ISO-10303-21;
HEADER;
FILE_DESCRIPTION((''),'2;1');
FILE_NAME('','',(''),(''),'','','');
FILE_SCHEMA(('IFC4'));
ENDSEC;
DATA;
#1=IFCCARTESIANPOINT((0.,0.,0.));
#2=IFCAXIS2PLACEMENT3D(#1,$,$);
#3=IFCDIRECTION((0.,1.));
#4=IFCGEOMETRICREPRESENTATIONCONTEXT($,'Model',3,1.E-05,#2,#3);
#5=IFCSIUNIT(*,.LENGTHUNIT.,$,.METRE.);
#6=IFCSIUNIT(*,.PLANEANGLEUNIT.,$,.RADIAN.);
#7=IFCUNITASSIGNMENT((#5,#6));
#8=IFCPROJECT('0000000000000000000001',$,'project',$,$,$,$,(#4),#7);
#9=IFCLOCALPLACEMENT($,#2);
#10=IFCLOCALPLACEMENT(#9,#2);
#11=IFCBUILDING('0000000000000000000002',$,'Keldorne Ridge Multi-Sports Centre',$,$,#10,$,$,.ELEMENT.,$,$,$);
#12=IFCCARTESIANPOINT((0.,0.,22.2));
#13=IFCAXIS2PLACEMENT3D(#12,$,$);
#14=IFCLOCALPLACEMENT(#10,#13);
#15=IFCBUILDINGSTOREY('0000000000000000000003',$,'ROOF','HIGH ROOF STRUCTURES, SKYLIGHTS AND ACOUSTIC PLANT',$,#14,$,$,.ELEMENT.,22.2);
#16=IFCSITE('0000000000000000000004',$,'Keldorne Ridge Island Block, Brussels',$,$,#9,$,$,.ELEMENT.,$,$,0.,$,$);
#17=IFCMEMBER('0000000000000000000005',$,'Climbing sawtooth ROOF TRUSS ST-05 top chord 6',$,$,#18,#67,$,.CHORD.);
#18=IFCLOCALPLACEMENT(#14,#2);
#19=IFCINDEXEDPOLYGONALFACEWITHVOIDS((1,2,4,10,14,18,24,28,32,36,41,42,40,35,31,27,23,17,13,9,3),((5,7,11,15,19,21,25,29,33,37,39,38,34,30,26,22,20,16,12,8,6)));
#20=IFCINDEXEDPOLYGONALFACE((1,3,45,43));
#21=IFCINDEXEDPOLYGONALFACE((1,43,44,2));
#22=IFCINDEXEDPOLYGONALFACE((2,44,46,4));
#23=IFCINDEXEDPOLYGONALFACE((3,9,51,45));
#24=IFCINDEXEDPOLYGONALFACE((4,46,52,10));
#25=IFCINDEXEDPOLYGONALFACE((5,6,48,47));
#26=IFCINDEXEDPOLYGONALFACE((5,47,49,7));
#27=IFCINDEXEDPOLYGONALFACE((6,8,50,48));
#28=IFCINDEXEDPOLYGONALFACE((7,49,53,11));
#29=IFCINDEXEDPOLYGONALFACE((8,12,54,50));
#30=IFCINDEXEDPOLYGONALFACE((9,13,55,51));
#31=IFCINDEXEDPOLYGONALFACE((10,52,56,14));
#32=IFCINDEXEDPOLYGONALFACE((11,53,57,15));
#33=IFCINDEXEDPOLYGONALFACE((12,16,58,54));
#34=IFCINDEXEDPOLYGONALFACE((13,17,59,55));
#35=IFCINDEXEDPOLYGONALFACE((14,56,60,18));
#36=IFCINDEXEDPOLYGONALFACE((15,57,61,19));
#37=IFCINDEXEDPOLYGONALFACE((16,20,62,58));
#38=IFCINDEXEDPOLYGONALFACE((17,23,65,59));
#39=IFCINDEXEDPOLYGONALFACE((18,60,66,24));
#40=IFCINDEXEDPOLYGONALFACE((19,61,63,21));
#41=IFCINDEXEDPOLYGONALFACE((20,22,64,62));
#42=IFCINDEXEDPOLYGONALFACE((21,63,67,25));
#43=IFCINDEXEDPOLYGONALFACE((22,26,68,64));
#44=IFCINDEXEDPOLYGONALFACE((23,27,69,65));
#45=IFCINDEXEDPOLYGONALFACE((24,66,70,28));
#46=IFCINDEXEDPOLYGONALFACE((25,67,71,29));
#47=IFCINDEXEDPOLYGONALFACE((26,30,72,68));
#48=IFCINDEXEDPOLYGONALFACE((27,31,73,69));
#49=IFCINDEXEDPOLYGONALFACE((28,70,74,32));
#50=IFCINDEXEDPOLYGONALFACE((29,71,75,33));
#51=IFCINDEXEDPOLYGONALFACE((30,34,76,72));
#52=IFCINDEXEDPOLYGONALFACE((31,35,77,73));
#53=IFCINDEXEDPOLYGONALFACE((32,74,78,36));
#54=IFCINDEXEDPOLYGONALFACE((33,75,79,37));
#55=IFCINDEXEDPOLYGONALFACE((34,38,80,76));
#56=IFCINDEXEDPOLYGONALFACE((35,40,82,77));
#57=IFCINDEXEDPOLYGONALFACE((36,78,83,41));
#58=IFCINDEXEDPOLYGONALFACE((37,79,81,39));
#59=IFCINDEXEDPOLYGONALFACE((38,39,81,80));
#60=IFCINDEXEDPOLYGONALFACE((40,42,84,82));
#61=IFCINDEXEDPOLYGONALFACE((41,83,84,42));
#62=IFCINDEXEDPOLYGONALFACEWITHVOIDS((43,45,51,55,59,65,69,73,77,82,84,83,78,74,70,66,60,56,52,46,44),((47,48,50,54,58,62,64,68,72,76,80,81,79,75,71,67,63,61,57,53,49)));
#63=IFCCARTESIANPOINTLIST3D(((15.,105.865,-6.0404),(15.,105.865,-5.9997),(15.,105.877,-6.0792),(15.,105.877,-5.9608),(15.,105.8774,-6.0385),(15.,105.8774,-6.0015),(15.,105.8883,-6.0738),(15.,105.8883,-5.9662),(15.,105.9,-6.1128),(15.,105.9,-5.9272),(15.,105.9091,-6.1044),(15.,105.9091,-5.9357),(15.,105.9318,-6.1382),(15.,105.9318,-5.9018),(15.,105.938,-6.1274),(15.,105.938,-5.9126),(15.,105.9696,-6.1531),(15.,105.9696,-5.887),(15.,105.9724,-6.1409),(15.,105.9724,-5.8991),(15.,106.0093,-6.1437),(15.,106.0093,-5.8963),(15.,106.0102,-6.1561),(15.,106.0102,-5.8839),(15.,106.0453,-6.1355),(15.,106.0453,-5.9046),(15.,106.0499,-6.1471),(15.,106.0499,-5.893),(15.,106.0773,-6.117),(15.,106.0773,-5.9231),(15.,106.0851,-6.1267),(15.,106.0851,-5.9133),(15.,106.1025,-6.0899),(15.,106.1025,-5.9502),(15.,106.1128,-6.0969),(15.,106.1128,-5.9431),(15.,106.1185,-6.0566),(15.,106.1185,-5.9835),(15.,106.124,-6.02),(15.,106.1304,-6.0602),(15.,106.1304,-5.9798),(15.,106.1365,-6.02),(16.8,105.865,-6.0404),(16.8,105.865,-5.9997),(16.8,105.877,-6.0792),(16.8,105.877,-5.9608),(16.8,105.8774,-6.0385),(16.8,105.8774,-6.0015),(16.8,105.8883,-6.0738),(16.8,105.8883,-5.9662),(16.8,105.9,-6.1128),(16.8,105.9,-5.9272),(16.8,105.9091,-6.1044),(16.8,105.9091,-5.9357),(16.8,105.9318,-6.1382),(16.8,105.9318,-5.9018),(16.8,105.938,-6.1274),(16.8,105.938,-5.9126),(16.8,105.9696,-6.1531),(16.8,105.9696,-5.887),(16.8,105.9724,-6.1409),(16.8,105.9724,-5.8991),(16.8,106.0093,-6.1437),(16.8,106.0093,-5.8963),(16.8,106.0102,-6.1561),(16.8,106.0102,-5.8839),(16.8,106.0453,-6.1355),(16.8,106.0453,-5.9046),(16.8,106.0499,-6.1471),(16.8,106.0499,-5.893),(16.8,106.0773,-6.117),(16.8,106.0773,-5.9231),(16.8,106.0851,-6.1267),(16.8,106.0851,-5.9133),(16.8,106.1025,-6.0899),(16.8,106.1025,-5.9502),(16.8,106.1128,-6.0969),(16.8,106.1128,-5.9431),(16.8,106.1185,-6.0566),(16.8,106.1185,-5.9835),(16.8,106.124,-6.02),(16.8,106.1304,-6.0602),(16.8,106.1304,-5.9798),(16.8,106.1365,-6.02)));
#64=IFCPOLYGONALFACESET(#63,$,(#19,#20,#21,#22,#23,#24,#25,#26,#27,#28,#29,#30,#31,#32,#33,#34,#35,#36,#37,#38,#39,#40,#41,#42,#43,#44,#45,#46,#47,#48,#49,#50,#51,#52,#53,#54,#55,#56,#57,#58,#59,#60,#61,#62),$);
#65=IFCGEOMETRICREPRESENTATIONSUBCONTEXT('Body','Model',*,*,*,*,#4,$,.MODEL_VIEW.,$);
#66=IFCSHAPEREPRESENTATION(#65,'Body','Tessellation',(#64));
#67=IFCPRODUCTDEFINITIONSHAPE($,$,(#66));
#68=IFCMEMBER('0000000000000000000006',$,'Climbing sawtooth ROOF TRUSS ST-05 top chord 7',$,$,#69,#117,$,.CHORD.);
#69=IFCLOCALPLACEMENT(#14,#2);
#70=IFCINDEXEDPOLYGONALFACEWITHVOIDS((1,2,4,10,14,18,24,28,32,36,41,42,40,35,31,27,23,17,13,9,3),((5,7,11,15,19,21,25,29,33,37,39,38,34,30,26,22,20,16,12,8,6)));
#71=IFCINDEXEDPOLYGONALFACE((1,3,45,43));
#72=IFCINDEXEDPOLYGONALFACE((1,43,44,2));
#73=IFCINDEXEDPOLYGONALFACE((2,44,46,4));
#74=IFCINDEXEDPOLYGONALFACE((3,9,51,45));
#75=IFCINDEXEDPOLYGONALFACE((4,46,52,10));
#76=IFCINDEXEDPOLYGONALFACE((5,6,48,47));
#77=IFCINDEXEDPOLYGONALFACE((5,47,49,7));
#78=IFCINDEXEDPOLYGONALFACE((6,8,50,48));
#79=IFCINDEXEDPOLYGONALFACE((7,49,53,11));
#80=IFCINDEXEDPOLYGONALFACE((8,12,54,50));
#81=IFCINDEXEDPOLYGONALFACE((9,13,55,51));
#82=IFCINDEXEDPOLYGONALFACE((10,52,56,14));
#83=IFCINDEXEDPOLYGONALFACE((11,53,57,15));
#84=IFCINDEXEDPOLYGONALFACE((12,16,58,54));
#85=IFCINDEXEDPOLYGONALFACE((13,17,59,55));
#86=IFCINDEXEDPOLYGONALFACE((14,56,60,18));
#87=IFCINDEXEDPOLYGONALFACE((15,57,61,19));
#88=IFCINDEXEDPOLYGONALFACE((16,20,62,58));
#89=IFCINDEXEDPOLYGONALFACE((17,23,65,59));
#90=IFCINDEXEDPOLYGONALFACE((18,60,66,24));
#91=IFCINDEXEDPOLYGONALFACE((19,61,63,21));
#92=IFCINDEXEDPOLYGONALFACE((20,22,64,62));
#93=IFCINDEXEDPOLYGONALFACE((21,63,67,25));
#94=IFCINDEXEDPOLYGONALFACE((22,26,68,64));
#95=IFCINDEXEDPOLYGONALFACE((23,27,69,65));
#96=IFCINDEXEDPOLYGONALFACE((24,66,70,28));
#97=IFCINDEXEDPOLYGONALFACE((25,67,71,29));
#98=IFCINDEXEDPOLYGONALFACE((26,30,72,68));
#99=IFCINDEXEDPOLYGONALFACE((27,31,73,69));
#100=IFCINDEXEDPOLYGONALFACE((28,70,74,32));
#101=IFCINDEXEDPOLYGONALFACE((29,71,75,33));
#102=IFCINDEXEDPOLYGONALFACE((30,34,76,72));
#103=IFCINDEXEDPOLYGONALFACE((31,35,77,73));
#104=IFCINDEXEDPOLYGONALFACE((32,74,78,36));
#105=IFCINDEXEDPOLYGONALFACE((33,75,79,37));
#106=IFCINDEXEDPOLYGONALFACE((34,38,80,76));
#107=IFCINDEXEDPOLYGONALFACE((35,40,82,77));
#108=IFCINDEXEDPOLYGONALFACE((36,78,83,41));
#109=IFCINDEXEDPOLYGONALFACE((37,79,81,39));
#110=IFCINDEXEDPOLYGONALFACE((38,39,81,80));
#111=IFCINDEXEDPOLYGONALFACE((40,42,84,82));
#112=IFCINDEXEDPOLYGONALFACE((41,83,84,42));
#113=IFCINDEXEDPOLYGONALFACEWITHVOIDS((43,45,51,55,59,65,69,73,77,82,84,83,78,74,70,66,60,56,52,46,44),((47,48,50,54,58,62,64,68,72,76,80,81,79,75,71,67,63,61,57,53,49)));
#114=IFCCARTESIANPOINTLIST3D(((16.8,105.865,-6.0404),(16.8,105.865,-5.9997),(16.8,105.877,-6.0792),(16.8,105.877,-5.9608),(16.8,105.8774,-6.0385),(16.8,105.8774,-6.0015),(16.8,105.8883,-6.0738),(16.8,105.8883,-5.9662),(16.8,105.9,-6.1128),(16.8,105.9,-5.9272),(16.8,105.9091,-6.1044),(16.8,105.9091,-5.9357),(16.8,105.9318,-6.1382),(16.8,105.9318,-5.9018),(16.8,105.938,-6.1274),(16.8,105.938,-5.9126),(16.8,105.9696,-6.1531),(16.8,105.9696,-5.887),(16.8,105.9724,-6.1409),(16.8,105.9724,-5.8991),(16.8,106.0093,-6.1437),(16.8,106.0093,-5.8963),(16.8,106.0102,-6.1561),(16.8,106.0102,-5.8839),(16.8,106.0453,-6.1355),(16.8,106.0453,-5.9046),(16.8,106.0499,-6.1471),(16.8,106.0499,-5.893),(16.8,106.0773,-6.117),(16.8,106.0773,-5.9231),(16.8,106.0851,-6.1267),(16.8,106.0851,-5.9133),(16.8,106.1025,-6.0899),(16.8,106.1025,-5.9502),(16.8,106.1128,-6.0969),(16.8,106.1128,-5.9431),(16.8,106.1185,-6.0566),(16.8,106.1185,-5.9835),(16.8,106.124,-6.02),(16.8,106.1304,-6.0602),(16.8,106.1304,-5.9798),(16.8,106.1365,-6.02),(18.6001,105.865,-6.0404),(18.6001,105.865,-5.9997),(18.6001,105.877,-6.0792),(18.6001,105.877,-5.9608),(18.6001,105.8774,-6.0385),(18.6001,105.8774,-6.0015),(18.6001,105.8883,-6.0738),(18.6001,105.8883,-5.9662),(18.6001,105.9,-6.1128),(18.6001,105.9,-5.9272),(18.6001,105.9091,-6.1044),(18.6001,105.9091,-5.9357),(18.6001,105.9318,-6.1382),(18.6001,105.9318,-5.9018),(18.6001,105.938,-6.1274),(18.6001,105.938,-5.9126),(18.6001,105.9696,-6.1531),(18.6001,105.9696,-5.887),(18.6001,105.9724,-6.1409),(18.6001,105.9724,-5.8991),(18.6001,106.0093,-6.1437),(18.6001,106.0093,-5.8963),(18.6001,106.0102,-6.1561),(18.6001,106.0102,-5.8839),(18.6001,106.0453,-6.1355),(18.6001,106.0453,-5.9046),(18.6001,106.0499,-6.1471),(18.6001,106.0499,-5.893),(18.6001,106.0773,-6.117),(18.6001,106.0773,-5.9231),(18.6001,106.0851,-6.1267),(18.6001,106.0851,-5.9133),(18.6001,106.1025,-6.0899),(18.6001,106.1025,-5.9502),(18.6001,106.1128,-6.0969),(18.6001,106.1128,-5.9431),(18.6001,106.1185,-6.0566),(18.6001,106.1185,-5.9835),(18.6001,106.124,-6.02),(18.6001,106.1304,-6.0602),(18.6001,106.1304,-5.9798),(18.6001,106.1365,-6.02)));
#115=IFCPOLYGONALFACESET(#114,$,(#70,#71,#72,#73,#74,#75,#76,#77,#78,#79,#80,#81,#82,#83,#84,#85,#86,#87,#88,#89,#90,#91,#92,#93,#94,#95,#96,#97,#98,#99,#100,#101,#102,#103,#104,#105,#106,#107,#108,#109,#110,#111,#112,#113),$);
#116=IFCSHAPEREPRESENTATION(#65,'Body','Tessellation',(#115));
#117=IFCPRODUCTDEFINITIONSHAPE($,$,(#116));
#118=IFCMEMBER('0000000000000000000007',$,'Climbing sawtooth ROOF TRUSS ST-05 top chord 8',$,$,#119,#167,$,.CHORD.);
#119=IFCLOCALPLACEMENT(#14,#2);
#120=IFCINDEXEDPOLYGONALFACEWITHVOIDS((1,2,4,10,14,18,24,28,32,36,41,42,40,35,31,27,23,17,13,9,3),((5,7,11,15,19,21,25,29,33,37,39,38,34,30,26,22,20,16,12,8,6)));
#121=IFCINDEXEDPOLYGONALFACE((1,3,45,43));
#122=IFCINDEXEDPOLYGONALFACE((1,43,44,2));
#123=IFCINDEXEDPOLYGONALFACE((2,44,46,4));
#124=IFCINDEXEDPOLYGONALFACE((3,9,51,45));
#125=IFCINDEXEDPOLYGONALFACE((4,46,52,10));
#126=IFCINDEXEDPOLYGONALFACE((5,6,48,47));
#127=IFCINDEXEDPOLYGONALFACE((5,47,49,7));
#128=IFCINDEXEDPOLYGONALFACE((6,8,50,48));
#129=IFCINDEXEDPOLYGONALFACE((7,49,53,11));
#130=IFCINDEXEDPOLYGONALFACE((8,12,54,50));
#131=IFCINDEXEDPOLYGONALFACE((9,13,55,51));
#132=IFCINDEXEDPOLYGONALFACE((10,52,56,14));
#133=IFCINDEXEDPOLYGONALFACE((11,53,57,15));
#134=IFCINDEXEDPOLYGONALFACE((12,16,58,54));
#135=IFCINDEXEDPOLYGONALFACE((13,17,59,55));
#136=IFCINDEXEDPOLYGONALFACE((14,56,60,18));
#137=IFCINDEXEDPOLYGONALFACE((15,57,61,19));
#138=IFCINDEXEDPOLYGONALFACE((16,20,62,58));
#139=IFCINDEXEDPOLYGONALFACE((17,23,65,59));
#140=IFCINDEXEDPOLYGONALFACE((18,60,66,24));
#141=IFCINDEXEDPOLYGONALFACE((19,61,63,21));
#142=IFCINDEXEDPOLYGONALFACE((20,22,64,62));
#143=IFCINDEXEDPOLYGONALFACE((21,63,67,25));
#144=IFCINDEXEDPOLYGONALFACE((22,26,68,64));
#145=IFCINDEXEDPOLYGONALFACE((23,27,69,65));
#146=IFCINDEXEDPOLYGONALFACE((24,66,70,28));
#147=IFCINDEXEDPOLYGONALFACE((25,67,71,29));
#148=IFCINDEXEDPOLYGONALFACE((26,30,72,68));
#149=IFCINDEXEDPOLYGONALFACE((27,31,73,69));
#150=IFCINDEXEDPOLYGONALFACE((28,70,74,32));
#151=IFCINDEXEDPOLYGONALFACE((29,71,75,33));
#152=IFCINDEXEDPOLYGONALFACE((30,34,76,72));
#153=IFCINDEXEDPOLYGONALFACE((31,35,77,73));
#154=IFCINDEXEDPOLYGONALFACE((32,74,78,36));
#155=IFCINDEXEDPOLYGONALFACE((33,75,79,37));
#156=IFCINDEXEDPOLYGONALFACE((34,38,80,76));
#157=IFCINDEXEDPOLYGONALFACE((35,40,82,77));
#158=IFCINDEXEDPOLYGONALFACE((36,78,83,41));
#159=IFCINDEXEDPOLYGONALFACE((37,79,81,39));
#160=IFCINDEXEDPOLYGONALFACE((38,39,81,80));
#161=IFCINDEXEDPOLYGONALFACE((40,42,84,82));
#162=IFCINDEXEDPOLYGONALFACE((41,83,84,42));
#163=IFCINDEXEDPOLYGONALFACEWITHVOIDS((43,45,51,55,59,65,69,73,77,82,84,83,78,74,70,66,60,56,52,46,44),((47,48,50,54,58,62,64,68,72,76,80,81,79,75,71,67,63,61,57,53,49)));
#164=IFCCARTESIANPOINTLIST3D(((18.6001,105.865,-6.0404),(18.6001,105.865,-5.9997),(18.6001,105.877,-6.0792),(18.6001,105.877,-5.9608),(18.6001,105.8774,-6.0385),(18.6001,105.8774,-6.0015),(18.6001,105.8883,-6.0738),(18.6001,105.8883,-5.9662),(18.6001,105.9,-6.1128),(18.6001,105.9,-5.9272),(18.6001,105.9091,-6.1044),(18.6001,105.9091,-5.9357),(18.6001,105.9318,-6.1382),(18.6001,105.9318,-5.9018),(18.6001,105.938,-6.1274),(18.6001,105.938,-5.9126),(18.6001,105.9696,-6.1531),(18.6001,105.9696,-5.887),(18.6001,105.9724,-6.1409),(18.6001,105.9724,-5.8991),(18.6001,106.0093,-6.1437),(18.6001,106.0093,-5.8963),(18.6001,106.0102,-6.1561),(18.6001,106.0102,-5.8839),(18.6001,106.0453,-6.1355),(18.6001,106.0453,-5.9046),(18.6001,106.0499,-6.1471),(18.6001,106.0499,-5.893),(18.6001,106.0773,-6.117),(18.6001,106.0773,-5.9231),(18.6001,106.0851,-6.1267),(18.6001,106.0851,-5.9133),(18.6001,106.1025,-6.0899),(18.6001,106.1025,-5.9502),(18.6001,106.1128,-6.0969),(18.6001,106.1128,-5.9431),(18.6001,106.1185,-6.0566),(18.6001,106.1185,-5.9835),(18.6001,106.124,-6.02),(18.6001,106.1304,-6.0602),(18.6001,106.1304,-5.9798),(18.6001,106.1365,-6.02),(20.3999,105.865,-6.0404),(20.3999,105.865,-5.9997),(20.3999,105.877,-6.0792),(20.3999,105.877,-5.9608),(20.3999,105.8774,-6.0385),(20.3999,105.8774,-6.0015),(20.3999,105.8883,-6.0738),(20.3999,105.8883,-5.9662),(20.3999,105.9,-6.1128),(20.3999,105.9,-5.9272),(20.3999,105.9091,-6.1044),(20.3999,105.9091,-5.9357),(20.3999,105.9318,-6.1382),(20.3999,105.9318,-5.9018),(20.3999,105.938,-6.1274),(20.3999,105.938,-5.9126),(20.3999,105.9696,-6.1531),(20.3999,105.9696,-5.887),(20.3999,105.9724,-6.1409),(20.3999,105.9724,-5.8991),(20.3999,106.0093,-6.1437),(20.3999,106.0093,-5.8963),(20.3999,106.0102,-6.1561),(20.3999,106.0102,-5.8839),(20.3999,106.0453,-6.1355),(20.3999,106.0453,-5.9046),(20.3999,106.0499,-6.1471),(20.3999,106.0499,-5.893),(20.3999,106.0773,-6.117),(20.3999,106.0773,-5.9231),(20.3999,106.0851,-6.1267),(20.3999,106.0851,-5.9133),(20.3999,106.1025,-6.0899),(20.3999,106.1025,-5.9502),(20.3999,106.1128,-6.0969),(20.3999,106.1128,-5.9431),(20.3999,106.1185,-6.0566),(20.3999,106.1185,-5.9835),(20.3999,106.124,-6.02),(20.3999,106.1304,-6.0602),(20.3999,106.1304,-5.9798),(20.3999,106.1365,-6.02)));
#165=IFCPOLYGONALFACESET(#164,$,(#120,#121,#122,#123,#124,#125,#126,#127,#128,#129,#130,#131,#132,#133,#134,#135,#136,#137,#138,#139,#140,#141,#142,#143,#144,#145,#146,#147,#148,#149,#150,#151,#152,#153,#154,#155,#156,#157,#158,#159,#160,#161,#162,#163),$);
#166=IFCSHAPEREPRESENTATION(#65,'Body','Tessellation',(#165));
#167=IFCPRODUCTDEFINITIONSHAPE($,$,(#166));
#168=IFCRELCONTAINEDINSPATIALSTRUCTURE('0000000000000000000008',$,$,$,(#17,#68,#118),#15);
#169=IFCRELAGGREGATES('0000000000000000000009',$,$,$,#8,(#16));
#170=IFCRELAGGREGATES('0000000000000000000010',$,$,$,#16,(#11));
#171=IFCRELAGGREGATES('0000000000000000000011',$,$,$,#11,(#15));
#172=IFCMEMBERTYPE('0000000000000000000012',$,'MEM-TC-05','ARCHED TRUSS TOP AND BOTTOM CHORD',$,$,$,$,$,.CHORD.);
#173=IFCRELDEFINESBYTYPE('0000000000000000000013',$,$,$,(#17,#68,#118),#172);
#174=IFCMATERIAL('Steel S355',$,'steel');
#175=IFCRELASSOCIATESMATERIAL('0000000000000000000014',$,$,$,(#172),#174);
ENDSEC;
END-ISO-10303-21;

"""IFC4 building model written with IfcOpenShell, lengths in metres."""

from ifc_helpers import new_model, si_unit, direction, frame, origin, origin_2d, place, context, subcontext, project, spatial, hollow_circle, extrude, material, material_profile, profile_set, type_object, element, save


model = new_model("IFC4")

# Units and contexts
model_context = context("Model", 3, precision=1e-05, world=origin(), true_north=direction((0.0, 1.0)))
body_context = subcontext(model_context, "Body", "Model", "MODEL_VIEW")
ifc_project = project(units=[si_unit("LENGTHUNIT", "METRE"), si_unit("PLANEANGLEUNIT", "RADIAN")], contexts=[model_context])

# Site, building, storey
site_placement = place(None, origin())
site = spatial("IfcSite", under=ifc_project, at=site_placement, Name="Keldorne Ridge Island Block, Brussels", CompositionType="ELEMENT", RefElevation=0.0)
building_placement = place(site_placement, origin())
building = spatial("IfcBuilding", under=site, at=building_placement, Name="Keldorne Ridge Multi-Sports Centre", CompositionType="ELEMENT")
storey_placement = place(building_placement, frame((0.0, 0.0, 22.2)))
storey = spatial("IfcBuildingStorey", under=building, at=storey_placement, Name="ROOF", Description="HIGH ROOF STRUCTURES, SKYLIGHTS AND ACOUSTIC PLANT", CompositionType="ELEMENT", Elevation=22.2)

# Shared definitions
ifc_material_1 = material(Name="Steel S355", Category="steel")

# Members
ifc_material_profile_1 = material_profile(ifc_material_1, hollow_circle(Radius=0.1365, WallThickness=0.0125, at=origin_2d()), Name="CHS 273x12.5")
ifc_profile_set_1 = profile_set([ifc_material_profile_1], Name="Steel S355")
member_type_1 = type_object("IfcMemberType", Name="MEM-TC-05", Description="ARCHED TRUSS TOP AND BOTTOM CHORD", PredefinedType="CHORD", material=ifc_profile_set_1)
for number, where, z_axis, x_axis, name in (
    (1, (15.0, 106.0, -6.02), (1.0, 0.0, 0.0), (0.0, 1.0, 0.0), "Climbing sawtooth ROOF TRUSS ST-05 top chord 6"),
    (2, (16.8, 106.0, -6.02), (1.0, 0.0, 0.0), (0.0, 1.0, 0.0), "Climbing sawtooth ROOF TRUSS ST-05 top chord 7"),
):
    element("IfcMember", number, at=place(storey_placement, frame(where, z_axis=z_axis, x_axis=x_axis)), inside=storey, type_object=member_type_1, Name=name, PredefinedType="CHORD", context=body_context, shape_type="SweptSolid", body=[
        extrude(hollow_circle(Radius=0.1365, WallThickness=0.0125, at=origin_2d()), origin(), (0.0, 0.0, 1.0), 1.8),
    ])
member_1_placement = place(storey_placement, frame((18.6001, 106.0, -6.02), z_axis=(1.0, 0.0, 0.0), x_axis=(0.0, 1.0, 0.0)))
element("IfcMember", 3, at=member_1_placement, inside=storey, type_object=member_type_1, Name="Climbing sawtooth ROOF TRUSS ST-05 top chord 8", PredefinedType="CHORD", context=body_context, shape_type="SweptSolid", body=[
    extrude(hollow_circle(Radius=0.1365, WallThickness=0.0125, at=origin_2d()), origin(), (0.0, 0.0, 1.0), 1.7998),
])

save(model, "model.ifc")
